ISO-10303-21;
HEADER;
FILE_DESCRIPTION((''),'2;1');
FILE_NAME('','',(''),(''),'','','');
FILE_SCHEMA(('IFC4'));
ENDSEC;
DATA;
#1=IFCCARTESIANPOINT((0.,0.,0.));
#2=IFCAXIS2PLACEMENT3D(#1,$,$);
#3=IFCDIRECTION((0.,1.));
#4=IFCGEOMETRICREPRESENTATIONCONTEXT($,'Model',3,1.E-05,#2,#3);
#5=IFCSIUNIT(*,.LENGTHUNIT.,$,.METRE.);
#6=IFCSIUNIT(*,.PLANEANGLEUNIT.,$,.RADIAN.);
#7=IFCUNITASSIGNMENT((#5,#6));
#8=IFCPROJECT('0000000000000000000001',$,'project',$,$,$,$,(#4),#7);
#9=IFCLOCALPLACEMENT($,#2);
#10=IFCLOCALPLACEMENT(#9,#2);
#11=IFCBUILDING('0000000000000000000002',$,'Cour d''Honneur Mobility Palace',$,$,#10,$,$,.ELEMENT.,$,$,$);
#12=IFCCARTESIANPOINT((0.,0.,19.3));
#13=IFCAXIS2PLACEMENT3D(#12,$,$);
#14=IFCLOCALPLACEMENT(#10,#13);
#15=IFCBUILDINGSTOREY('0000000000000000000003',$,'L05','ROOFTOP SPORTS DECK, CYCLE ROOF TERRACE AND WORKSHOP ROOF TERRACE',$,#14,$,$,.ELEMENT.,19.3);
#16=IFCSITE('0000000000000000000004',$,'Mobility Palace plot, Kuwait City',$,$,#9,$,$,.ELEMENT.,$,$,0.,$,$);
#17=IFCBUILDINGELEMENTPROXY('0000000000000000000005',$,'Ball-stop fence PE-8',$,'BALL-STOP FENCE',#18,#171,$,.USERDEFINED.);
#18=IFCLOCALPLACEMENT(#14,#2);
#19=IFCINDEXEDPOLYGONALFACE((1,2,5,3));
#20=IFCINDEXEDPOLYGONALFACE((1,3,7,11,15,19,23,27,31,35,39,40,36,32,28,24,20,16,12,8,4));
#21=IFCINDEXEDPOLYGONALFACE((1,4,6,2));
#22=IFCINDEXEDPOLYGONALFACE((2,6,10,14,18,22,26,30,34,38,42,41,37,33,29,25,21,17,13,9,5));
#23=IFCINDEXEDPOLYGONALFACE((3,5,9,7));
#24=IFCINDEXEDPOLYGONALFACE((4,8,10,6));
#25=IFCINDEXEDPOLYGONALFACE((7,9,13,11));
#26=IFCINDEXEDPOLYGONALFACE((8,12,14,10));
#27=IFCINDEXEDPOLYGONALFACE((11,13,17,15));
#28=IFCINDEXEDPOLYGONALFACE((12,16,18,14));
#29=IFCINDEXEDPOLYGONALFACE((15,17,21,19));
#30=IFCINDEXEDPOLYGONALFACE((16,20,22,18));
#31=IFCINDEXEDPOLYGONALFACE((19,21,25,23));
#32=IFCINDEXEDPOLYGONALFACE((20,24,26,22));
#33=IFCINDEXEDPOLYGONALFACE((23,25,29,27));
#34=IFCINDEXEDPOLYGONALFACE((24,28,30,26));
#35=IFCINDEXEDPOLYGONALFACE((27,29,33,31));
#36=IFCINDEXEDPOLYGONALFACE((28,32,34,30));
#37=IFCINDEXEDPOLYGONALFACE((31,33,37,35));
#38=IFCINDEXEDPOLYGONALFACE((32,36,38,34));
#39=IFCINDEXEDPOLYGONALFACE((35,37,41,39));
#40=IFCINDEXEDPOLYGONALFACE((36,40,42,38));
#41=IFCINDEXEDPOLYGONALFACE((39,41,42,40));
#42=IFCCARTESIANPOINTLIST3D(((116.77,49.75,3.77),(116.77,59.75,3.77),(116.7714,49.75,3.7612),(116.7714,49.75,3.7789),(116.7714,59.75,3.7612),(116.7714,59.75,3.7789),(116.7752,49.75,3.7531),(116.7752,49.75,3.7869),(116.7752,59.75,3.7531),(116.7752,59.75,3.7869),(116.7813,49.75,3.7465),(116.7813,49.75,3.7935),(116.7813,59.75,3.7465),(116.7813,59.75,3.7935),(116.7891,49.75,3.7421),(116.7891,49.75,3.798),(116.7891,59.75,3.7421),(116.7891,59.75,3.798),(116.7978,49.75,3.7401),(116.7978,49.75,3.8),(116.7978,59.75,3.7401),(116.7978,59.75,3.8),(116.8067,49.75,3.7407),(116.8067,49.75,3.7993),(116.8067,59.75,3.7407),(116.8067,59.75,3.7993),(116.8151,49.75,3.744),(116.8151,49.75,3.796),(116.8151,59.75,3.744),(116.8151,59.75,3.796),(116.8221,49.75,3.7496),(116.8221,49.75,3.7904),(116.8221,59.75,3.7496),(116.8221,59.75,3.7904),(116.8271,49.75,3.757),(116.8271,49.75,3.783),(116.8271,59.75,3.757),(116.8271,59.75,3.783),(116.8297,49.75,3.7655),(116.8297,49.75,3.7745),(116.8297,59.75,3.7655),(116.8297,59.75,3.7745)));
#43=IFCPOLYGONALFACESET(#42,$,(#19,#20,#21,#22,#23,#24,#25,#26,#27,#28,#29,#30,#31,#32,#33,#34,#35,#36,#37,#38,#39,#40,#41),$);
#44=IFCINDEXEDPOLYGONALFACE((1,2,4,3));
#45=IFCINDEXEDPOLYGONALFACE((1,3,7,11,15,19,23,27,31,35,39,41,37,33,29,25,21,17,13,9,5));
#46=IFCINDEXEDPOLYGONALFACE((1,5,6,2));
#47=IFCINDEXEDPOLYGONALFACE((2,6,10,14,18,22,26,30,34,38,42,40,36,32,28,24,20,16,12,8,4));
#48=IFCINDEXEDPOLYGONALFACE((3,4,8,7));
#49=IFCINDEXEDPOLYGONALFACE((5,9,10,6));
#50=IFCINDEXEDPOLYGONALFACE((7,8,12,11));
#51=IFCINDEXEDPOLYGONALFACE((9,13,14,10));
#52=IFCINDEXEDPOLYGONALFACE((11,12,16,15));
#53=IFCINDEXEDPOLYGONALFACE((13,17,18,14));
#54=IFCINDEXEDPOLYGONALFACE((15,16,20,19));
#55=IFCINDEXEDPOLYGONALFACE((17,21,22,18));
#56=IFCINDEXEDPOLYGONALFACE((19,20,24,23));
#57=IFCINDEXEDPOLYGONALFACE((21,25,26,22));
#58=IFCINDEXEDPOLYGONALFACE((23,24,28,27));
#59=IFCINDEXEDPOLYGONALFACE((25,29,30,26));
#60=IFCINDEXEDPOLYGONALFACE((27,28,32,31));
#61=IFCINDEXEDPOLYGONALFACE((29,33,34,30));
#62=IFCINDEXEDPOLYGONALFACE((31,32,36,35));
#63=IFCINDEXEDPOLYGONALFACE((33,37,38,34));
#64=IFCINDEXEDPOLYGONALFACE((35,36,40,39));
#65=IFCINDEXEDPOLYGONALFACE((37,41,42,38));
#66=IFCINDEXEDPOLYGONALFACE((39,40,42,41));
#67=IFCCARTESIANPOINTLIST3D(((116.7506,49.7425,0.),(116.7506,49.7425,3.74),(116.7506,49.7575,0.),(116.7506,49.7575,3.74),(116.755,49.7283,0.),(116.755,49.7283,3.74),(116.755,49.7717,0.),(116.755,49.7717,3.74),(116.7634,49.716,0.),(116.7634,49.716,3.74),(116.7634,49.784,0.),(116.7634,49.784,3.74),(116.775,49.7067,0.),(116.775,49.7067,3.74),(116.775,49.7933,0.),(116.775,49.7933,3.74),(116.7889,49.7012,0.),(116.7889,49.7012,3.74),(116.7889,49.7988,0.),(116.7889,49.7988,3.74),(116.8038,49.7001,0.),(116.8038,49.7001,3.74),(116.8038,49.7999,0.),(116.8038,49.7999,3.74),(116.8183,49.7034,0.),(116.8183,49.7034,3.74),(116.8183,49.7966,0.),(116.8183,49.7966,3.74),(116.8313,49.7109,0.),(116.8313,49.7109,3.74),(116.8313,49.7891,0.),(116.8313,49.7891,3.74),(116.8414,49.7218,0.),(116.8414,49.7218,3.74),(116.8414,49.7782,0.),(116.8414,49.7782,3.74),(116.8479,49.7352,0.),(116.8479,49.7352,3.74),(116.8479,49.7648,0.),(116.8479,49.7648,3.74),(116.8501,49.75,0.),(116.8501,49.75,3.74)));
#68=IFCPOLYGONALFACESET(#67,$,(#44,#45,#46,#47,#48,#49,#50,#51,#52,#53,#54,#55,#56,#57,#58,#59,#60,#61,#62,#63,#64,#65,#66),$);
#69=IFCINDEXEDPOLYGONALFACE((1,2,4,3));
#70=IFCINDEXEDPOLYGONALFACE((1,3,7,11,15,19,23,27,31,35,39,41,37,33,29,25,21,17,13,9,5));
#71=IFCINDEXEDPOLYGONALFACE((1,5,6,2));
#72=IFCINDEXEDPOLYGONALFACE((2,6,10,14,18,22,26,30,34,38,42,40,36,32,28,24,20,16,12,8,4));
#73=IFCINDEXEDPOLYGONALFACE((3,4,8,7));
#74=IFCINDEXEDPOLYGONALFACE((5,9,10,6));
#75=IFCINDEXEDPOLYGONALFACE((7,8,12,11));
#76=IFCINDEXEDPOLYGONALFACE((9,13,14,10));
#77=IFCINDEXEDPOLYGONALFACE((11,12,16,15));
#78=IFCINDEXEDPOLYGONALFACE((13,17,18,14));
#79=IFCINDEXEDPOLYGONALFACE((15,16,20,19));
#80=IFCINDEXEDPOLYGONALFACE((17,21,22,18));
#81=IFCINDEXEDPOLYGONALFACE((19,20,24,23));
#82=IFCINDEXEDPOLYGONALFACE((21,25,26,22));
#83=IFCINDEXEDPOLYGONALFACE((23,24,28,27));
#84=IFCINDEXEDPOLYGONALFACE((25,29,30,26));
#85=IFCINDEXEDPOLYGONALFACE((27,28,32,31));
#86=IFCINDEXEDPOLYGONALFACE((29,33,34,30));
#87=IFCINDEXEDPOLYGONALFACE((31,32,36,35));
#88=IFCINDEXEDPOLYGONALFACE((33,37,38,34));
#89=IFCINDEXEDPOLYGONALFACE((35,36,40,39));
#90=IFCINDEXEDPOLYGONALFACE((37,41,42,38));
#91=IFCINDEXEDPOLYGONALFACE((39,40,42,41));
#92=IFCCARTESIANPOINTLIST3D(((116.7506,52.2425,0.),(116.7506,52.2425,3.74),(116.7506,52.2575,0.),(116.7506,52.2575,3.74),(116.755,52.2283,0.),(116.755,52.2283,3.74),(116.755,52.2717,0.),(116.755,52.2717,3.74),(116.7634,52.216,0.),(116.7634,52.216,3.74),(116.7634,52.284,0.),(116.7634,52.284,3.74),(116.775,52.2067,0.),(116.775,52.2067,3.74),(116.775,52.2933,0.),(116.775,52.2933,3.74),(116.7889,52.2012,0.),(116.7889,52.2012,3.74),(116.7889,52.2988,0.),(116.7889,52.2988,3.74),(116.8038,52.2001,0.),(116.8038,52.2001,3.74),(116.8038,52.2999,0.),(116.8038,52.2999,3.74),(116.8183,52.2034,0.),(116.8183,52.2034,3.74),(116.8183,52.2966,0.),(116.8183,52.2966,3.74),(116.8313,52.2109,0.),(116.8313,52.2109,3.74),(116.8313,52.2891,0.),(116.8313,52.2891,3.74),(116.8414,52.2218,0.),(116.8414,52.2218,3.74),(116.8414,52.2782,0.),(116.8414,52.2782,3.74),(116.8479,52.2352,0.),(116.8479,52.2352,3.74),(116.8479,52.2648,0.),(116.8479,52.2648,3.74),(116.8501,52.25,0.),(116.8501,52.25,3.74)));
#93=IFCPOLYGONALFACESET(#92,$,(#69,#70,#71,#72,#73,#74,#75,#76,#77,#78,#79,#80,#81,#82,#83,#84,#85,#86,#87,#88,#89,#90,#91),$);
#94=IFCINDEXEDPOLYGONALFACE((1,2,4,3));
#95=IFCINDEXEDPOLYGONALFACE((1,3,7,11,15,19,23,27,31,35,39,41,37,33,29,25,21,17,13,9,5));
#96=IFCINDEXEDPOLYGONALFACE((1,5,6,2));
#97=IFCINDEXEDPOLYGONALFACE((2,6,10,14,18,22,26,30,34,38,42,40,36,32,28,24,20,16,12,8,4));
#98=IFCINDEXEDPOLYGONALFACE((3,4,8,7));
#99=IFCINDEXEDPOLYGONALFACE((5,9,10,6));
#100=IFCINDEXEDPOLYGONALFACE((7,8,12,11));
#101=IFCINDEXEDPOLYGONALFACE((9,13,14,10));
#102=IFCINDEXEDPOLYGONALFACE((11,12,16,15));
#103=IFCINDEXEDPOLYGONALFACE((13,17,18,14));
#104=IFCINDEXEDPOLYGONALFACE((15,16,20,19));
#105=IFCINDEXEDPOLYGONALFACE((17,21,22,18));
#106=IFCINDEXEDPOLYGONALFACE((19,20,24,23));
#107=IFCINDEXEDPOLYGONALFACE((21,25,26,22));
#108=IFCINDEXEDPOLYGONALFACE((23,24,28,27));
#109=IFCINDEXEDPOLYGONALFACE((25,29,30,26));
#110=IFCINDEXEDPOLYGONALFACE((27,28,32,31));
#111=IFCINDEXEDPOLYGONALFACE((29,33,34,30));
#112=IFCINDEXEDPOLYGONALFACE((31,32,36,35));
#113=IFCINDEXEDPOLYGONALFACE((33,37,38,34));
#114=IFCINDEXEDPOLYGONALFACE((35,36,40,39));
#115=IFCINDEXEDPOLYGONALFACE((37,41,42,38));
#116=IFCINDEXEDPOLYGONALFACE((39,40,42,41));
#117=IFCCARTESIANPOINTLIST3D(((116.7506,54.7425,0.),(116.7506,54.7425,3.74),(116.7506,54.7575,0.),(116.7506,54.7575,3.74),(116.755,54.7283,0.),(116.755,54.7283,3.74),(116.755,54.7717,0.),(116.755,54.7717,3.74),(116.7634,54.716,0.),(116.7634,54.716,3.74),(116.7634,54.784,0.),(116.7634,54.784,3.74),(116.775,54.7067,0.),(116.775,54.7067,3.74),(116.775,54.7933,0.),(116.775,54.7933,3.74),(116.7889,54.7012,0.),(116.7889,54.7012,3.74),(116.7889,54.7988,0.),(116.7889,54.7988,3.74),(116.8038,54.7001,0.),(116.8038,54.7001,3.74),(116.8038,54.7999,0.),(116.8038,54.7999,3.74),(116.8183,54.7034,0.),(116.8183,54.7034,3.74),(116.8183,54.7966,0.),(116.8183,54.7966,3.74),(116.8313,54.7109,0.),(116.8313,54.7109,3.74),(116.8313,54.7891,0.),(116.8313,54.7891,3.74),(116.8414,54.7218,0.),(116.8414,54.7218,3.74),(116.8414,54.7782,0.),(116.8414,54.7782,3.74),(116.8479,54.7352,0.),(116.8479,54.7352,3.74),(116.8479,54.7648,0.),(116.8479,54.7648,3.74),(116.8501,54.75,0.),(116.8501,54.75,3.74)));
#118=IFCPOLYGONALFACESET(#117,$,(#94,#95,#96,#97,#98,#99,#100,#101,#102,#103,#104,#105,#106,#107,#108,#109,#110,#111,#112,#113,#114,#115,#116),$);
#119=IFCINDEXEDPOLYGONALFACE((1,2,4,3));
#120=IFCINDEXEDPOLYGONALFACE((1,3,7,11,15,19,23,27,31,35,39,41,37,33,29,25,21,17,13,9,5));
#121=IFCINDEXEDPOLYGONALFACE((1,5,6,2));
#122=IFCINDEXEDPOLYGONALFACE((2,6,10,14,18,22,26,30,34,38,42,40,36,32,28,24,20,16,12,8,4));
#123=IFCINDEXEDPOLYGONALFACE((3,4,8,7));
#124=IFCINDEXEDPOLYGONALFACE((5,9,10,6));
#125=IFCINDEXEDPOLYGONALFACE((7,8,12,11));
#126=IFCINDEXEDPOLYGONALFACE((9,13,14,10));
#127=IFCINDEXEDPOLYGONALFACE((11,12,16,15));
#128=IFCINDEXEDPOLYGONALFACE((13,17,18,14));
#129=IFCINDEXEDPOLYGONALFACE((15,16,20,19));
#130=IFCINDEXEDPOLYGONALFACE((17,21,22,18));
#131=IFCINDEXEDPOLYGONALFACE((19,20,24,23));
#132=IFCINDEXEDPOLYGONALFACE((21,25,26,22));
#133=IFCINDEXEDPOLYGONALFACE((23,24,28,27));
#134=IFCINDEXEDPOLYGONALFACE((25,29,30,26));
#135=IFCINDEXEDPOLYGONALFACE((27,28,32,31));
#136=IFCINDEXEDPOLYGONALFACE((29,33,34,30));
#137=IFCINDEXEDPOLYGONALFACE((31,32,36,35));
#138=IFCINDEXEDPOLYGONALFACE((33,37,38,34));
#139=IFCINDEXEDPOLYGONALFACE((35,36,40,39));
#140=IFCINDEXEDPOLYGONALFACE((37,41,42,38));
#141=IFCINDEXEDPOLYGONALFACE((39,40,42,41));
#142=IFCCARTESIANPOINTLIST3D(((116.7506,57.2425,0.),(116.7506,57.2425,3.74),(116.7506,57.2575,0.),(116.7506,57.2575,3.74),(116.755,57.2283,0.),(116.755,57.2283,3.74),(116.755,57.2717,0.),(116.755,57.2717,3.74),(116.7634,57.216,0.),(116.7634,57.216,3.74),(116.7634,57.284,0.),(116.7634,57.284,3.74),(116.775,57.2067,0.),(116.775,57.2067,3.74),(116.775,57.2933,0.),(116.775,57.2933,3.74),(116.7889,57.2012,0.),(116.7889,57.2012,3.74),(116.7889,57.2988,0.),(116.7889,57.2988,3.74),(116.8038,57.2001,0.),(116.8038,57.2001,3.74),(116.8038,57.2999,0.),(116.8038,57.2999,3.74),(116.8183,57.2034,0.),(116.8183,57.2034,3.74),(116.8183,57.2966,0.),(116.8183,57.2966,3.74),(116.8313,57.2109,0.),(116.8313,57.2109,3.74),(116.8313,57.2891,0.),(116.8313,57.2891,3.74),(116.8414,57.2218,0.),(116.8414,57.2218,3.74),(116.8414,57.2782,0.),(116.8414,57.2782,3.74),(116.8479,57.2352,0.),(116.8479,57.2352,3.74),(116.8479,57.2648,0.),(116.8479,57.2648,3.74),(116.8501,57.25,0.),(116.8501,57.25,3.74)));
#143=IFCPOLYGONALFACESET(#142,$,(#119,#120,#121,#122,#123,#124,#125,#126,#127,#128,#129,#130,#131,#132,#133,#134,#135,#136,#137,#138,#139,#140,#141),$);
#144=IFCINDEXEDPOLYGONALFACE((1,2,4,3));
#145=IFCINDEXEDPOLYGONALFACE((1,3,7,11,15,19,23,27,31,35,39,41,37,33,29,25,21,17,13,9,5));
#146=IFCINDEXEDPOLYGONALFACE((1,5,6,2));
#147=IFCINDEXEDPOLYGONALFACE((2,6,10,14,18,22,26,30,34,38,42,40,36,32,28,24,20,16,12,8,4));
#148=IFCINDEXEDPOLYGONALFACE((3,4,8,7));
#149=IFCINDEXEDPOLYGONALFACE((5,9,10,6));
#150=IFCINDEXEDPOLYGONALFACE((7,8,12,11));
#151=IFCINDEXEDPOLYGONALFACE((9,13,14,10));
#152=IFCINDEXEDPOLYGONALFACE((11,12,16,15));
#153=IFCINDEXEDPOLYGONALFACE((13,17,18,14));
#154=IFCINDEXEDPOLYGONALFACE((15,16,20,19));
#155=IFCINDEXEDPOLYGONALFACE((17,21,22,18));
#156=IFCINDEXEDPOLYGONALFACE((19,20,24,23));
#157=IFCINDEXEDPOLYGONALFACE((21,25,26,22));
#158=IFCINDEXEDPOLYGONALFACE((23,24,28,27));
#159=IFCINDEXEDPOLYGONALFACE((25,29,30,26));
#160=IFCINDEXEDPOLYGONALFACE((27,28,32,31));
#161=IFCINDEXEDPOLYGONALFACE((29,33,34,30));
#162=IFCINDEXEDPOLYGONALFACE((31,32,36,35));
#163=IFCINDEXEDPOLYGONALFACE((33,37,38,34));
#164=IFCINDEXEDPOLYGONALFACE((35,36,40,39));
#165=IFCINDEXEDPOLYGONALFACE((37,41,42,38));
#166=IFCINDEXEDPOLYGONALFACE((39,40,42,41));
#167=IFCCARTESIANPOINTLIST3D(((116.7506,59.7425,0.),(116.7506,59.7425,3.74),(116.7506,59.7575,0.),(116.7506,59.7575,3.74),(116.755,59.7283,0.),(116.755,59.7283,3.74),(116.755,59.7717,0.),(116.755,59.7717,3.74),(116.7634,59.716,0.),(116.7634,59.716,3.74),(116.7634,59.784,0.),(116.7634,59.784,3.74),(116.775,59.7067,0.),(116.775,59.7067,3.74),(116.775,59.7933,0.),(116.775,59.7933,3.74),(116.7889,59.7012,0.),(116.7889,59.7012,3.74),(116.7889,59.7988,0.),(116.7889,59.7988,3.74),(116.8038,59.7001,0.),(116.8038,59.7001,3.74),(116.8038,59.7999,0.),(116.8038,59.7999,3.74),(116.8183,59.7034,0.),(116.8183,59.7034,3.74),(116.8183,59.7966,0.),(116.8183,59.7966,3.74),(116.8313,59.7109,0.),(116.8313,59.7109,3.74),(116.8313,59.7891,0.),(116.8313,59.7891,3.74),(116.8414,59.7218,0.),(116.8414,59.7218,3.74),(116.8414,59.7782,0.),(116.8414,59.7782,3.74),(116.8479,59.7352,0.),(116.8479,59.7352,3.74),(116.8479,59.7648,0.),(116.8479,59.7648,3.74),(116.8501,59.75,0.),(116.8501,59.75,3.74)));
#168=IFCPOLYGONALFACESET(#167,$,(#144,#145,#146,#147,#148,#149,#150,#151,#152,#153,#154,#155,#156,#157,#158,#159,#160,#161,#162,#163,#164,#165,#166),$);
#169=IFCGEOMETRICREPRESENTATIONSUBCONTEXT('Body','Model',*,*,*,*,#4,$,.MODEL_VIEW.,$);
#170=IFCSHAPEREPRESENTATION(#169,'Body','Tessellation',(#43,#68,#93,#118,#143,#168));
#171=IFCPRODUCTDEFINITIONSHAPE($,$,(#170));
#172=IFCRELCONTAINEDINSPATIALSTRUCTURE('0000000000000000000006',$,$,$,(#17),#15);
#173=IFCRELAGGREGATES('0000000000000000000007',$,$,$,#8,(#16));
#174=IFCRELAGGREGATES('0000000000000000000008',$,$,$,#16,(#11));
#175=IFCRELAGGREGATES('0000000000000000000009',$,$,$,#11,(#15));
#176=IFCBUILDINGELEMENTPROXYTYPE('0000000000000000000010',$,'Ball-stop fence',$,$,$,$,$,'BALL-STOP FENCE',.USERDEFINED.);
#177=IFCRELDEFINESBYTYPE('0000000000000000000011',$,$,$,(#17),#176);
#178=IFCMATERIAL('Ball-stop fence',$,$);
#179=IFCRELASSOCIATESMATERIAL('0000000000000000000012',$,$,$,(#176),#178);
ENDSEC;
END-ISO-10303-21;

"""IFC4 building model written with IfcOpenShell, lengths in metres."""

from ifc_helpers import new_model, si_unit, direction, frame, origin, origin_2d, place, context, subcontext, project, spatial, circle, extrude, material, type_object, element, save


model = new_model("IFC4")

# Units and contexts
model_context = context("Model", 3, precision=1e-05, world=origin(), true_north=direction((0.0, 1.0)))
body_context = subcontext(model_context, "Body", "Model", "MODEL_VIEW")
ifc_project = project(units=[si_unit("LENGTHUNIT", "METRE"), si_unit("PLANEANGLEUNIT", "RADIAN")], contexts=[model_context])

# Site, building, storey
site_placement = place(None, origin())
site = spatial("IfcSite", under=ifc_project, at=site_placement, Name="Mobility Palace plot, Kuwait City", CompositionType="ELEMENT", RefElevation=0.0)
building_placement = place(site_placement, origin())
building = spatial("IfcBuilding", under=site, at=building_placement, Name="Cour d'Honneur Mobility Palace", CompositionType="ELEMENT")
storey_placement = place(building_placement, frame((0.0, 0.0, 19.3)))
storey = spatial("IfcBuildingStorey", under=building, at=storey_placement, Name="L05", Description="ROOFTOP SPORTS DECK, CYCLE ROOF TERRACE AND WORKSHOP ROOF TERRACE", CompositionType="ELEMENT", Elevation=19.3)

# Building element proxy
ifc_material_1 = material(Name="Ball-stop fence")
building_element_proxy_type = type_object("IfcBuildingElementProxyType", Name="Ball-stop fence", ElementType="BALL-STOP FENCE", PredefinedType="USERDEFINED", material=ifc_material_1)
for number, where, name in (
    (1, (116.8, 49.75, 0.0), "Ball-stop fence PE-8"),
):
    element("IfcBuildingElementProxy", number, at=place(storey_placement, frame(where)), inside=storey, type_object=building_element_proxy_type, Name=name, ObjectType="BALL-STOP FENCE", PredefinedType="USERDEFINED", context=body_context, shape_type="SweptSolid", body=[
        extrude(circle(Radius=0.03, at=origin_2d()), frame((0.0, 0.0, 3.77), z_axis=(0.0, 1.0, 0.0), x_axis=(-1.0, 0.0, 0.0)), (0.0, 0.0, 1.0), 10.0),
        extrude(circle(Radius=0.05, at=origin_2d()), origin(), (0.0, 0.0, 1.0), 3.74),
        extrude(circle(Radius=0.05, at=origin_2d()), frame((0.0, 2.5, 0.0)), (0.0, 0.0, 1.0), 3.74),
        extrude(circle(Radius=0.05, at=origin_2d()), frame((0.0, 5.0, 0.0)), (0.0, 0.0, 1.0), 3.74),
        extrude(circle(Radius=0.05, at=origin_2d()), frame((0.0, 7.5, 0.0)), (0.0, 0.0, 1.0), 3.74),
        extrude(circle(Radius=0.05, at=origin_2d()), frame((0.0, 10.0, 0.0)), (0.0, 0.0, 1.0), 3.74),
    ])

save(model, "model.ifc")
